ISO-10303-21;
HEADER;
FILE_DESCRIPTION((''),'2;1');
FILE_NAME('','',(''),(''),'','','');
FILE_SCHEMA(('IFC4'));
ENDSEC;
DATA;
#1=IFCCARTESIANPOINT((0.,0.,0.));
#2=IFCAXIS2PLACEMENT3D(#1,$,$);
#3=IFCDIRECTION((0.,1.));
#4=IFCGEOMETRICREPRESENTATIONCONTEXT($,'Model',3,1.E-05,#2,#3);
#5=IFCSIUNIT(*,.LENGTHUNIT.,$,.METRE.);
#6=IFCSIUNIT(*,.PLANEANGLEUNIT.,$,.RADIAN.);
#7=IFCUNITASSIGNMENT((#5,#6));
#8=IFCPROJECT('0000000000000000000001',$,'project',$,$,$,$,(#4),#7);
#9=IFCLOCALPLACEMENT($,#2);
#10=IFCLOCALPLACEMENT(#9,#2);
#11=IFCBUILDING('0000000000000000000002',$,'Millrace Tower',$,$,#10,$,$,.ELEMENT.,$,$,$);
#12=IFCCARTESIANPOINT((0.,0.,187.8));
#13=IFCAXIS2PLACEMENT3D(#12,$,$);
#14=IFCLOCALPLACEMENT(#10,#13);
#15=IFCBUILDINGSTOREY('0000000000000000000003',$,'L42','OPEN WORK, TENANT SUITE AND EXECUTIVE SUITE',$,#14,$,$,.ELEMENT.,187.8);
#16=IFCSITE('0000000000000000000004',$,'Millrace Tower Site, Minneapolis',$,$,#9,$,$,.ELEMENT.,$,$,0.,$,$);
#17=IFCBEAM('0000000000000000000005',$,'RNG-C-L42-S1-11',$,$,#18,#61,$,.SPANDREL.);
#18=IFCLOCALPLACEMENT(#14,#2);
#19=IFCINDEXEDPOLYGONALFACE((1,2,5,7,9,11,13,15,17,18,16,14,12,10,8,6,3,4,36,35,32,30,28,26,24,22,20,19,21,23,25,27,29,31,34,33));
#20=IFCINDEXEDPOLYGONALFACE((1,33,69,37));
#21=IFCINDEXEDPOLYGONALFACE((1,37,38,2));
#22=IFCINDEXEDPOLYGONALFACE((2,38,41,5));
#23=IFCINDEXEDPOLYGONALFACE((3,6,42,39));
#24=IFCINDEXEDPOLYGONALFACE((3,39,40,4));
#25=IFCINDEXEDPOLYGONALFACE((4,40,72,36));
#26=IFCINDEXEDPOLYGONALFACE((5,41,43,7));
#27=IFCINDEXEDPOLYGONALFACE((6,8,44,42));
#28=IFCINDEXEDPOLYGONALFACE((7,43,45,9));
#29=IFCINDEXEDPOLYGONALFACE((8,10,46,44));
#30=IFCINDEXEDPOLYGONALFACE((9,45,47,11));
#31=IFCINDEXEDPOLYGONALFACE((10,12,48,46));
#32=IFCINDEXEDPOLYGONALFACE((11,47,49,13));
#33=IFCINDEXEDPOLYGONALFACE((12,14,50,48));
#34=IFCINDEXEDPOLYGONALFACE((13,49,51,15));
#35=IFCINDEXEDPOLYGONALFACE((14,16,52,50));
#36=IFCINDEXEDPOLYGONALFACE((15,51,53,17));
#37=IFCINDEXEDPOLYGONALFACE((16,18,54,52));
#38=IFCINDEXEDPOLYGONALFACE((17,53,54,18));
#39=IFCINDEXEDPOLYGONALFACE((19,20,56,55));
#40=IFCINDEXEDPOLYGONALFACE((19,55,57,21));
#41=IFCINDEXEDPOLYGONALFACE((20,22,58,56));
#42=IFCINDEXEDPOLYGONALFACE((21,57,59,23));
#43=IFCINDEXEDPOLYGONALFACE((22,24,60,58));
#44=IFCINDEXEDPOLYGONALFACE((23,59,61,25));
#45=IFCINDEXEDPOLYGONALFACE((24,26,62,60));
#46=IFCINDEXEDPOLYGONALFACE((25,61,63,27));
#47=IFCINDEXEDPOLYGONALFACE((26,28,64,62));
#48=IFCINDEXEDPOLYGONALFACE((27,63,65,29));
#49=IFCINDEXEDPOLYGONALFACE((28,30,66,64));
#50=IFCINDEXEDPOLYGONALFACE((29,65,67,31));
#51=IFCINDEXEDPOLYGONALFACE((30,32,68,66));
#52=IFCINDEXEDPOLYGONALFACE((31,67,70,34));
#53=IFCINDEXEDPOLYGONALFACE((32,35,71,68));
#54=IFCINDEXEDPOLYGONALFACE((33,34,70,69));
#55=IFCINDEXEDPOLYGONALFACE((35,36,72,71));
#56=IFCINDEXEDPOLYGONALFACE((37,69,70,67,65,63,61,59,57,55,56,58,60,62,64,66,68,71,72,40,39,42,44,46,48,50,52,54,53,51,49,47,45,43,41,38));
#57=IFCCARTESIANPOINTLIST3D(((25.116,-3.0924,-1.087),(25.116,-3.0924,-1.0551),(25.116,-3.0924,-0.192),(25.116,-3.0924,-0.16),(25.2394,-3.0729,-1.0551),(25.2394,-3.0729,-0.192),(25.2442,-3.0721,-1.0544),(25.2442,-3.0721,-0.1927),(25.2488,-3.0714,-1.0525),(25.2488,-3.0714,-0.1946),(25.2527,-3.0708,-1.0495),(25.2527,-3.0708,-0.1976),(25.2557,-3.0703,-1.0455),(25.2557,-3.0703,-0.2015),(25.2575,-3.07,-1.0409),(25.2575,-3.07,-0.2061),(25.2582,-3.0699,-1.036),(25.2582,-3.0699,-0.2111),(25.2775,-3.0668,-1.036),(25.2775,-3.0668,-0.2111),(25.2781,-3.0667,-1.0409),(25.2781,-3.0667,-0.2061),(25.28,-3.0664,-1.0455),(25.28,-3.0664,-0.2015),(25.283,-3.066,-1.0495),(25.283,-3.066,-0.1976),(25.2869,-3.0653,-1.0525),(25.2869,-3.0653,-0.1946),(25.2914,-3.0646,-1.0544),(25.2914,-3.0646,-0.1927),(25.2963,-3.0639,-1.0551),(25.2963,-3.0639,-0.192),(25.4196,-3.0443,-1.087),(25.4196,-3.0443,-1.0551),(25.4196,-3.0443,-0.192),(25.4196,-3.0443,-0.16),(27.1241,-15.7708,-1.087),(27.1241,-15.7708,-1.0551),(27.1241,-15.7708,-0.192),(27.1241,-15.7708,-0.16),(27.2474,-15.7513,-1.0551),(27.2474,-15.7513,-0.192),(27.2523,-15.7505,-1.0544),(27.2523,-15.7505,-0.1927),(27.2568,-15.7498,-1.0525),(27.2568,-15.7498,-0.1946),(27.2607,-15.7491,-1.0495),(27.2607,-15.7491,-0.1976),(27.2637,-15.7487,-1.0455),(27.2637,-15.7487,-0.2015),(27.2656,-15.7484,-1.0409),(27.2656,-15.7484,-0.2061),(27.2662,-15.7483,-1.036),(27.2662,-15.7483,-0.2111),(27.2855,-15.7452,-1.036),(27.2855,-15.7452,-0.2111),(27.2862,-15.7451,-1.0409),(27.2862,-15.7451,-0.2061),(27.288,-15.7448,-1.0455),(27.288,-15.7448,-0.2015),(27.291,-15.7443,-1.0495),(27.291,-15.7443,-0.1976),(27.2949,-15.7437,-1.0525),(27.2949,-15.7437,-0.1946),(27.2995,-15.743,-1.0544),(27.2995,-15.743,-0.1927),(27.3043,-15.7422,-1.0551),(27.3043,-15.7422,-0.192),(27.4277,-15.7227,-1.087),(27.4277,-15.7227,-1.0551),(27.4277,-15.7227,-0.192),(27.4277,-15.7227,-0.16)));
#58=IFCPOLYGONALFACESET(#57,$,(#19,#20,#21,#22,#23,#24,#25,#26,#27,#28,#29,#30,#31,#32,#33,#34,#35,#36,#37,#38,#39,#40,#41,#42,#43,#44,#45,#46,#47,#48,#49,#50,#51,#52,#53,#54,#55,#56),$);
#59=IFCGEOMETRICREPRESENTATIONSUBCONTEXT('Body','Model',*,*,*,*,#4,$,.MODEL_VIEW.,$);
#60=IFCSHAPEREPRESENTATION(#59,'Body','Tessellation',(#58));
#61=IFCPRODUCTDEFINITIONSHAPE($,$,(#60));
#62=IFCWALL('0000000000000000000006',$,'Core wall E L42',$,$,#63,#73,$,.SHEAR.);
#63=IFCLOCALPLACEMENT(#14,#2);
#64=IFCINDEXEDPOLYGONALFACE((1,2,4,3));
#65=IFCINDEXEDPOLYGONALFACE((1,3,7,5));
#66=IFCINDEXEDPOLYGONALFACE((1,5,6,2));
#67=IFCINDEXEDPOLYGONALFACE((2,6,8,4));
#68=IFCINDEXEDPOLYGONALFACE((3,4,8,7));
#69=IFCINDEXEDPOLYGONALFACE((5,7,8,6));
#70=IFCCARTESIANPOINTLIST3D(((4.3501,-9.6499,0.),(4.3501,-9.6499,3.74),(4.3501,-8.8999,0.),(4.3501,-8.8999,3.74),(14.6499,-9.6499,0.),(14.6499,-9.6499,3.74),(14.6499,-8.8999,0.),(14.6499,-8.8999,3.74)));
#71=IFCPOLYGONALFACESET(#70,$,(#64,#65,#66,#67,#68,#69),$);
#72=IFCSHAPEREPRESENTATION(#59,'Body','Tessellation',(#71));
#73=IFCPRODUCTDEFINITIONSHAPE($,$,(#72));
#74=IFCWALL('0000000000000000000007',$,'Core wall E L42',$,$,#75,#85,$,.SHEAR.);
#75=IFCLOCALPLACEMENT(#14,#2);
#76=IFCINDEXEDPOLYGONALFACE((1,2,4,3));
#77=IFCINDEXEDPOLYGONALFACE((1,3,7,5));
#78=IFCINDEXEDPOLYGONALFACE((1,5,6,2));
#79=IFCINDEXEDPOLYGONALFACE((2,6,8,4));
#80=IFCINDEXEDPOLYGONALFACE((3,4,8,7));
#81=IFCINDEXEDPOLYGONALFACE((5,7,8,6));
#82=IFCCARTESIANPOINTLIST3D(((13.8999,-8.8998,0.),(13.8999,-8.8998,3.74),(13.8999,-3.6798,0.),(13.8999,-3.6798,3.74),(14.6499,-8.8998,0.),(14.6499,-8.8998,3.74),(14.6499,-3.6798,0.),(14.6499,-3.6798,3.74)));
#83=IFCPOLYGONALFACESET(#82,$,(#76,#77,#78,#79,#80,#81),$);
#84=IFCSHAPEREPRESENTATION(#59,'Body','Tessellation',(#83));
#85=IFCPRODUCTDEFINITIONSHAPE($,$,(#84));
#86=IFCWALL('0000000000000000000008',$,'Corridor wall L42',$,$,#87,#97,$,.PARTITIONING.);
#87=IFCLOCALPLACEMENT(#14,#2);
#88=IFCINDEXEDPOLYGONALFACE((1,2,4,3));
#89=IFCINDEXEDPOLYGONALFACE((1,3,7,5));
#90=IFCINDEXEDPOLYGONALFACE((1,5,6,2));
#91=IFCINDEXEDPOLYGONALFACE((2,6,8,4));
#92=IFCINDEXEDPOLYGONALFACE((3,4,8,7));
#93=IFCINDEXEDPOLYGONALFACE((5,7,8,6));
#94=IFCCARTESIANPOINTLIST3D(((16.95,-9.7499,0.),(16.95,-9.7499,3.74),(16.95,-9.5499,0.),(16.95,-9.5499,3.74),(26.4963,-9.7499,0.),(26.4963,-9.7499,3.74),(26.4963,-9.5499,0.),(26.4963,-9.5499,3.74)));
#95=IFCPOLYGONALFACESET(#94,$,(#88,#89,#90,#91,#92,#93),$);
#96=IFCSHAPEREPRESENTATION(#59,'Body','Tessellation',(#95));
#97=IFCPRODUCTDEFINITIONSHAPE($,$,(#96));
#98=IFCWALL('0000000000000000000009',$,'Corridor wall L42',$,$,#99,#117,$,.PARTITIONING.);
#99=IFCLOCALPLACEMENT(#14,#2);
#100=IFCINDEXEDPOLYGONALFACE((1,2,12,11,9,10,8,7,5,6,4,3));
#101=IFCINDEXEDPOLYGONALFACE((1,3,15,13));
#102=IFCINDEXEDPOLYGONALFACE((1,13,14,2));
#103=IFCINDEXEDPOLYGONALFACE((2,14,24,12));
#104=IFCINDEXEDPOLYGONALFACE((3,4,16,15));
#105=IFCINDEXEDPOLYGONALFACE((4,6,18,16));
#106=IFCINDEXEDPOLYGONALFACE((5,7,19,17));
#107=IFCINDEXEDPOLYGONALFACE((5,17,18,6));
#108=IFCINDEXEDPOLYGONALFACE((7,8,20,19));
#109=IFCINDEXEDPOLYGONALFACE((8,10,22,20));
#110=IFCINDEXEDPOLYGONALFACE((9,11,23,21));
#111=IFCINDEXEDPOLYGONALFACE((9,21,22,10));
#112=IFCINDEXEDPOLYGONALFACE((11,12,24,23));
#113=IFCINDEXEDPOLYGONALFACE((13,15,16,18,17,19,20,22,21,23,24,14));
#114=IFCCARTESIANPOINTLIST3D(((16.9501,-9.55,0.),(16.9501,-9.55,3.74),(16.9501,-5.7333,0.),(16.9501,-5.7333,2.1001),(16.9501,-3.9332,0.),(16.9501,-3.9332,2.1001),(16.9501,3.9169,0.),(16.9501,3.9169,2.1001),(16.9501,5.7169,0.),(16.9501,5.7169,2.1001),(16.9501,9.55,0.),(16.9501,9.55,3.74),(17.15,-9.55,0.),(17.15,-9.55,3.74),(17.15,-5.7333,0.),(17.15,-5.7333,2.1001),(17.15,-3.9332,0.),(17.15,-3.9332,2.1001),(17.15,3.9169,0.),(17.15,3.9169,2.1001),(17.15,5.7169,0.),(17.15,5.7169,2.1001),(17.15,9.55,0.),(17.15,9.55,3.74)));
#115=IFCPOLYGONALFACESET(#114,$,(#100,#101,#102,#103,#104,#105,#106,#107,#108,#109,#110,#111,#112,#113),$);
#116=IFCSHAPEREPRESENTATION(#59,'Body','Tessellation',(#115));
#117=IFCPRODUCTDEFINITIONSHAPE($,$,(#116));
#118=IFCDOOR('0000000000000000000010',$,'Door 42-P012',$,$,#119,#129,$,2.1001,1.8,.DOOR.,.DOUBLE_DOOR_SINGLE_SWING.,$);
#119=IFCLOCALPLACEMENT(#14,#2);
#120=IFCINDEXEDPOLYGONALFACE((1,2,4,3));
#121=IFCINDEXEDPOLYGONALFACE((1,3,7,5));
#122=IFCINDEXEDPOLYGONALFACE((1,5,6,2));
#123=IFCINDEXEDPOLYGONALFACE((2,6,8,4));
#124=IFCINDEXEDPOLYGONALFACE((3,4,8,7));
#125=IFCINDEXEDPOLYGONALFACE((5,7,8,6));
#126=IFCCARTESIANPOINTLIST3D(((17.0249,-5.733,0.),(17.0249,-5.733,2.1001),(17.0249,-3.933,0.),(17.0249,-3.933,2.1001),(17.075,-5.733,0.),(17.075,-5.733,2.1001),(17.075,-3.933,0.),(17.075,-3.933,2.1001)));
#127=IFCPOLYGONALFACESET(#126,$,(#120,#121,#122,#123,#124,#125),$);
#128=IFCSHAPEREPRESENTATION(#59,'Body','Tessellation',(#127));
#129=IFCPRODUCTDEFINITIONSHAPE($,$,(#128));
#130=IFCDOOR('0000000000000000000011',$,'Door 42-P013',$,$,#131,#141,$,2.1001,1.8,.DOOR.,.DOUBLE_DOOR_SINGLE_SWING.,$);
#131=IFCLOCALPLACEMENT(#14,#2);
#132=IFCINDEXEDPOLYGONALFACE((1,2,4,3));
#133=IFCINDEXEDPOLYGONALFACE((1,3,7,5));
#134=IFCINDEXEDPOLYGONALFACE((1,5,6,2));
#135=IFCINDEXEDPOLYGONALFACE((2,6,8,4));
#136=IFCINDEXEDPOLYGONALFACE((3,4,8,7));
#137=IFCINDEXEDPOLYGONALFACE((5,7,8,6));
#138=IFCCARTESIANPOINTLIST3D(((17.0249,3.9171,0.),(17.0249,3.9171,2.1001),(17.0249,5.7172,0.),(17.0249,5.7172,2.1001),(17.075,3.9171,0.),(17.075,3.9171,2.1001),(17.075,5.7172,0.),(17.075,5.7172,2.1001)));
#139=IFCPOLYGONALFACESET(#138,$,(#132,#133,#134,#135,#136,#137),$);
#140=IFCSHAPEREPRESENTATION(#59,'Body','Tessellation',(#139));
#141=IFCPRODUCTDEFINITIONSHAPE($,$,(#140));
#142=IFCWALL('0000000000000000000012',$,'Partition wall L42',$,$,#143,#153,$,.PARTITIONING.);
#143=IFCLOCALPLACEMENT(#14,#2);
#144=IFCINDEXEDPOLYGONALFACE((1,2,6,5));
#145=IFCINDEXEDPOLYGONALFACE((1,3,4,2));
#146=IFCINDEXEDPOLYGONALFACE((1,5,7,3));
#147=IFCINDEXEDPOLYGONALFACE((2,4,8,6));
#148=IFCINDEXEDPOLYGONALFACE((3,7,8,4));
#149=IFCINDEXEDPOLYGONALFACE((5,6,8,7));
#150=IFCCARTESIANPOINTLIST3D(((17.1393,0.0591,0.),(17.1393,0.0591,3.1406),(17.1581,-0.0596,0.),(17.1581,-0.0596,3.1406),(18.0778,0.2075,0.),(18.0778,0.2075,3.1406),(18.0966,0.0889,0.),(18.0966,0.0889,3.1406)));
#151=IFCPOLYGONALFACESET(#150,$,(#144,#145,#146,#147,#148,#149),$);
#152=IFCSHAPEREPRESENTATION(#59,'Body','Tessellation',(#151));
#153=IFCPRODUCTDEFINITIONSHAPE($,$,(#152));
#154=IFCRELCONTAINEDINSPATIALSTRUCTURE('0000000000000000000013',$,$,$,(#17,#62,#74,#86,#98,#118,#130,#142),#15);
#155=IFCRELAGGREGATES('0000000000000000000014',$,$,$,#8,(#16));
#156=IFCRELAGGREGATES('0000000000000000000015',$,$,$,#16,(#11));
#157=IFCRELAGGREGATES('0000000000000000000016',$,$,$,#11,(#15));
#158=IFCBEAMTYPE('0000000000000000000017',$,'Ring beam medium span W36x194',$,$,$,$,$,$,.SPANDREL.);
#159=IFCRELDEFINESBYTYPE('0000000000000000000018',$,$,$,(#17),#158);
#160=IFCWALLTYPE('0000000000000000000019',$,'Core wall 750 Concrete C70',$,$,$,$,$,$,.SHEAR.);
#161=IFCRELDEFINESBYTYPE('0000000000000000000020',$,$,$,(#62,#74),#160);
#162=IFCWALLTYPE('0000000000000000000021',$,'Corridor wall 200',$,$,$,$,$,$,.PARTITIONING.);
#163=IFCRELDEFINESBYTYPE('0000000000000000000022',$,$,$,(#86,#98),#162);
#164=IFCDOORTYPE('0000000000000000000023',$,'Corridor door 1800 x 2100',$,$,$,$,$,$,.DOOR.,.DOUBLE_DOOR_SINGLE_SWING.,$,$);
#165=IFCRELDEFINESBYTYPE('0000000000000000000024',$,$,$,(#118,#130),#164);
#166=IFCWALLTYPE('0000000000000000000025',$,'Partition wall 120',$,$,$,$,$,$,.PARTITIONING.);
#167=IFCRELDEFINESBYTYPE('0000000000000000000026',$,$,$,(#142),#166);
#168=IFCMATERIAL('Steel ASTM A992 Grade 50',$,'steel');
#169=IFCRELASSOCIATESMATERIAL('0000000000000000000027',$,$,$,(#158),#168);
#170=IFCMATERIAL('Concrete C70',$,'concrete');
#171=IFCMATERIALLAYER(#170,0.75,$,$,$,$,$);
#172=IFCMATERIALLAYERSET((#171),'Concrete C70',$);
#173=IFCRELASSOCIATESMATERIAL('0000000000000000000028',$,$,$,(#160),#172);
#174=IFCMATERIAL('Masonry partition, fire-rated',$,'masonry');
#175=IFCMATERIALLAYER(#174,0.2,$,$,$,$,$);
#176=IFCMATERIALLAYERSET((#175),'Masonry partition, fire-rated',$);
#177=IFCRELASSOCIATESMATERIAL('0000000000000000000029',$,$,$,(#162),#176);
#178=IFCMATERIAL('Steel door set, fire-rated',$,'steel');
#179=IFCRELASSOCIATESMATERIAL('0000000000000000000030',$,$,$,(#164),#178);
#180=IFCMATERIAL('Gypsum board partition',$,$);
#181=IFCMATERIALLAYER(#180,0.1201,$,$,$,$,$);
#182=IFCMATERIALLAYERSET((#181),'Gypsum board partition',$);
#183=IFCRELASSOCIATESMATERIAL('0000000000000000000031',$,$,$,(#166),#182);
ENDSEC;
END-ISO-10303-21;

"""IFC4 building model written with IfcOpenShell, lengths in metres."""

from ifc_helpers import new_model, si_unit, direction, frame, frame_2d, origin, origin_2d, place, context, subcontext, project, spatial, rectangle, i_section, extrude, material, layer, layer_set, material_profile, profile_set, type_object, element, fill, save


model = new_model("IFC4")

# Units and contexts
model_context = context("Model", 3, precision=1e-05, world=origin(), true_north=direction((0.0, 1.0)))
body_context = subcontext(model_context, "Body", "Model", "MODEL_VIEW")
ifc_project = project(units=[si_unit("LENGTHUNIT", "METRE"), si_unit("PLANEANGLEUNIT", "RADIAN")], contexts=[model_context])

# Site, building, storey
site_placement = place(None, origin())
site = spatial("IfcSite", under=ifc_project, at=site_placement, Name="Millrace Tower Site, Minneapolis", CompositionType="ELEMENT", RefElevation=0.0)
building_placement = place(site_placement, origin())
building = spatial("IfcBuilding", under=site, at=building_placement, Name="Millrace Tower", CompositionType="ELEMENT")
storey_placement = place(building_placement, frame((0.0, 0.0, 187.8)))
storey = spatial("IfcBuildingStorey", under=building, at=storey_placement, Name="L42", Description="OPEN WORK, TENANT SUITE AND EXECUTIVE SUITE", CompositionType="ELEMENT", Elevation=187.8)

# Beam
ifc_material_1 = material(Name="Steel ASTM A992 Grade 50", Category="steel")
ifc_material_profile_1 = material_profile(ifc_material_1, i_section(OverallWidth=0.3074, OverallDepth=0.927, WebThickness=0.0195, FlangeThickness=0.032, FilletRadius=0.019, at=origin_2d()))
ifc_profile_set_1 = profile_set([ifc_material_profile_1], Name="Steel ASTM A992 Grade 50")
beam_type_1 = type_object("IfcBeamType", Name="Ring beam medium span W36x194", PredefinedType="SPANDREL", material=ifc_profile_set_1)
beam_1_placement = place(storey_placement, frame((25.2678, -3.0684, -0.6235), z_axis=(0.156433, -0.987689, 0.0), x_axis=(0.987689, 0.156433, 0.0)))
element("IfcBeam", 1, at=beam_1_placement, inside=storey, type_object=beam_type_1, Name="RNG-C-L42-S1-11", PredefinedType="SPANDREL", context=body_context, shape_type="SweptSolid", body=[
    extrude(i_section(OverallWidth=0.3074, OverallDepth=0.927, WebThickness=0.0195, FlangeThickness=0.032, FilletRadius=0.019, at=origin_2d()), origin(), (0.0, 0.0, 1.0), 12.8364),
])

# Walls
ifc_material_2 = material(Name="Concrete C70", Category="concrete")
ifc_layer_1 = layer(ifc_material_2, 0.75)
ifc_layer_set_1 = layer_set([ifc_layer_1], Name="Concrete C70")
wall_type_1 = type_object("IfcWallType", Name="Core wall 750 Concrete C70", PredefinedType="SHEAR", material=ifc_layer_set_1)
wall_1_placement = place(storey_placement, frame((14.6499, -9.2749, 0.0), z_axis=(0.0, 0.0, 1.0), x_axis=(-1.0, 0.0, 0.0)))
element("IfcWall", 2, at=wall_1_placement, inside=storey, type_object=wall_type_1, Name="Core wall E L42", PredefinedType="SHEAR", context=body_context, shape_type="SweptSolid", body=[
    extrude(rectangle(XDim=10.2998, YDim=0.75, at=frame_2d((5.1499, 0.0))), origin(), (0.0, 0.0, 1.0), 3.74),
])
wall_2_placement = place(storey_placement, frame((14.2749, -3.6799, 0.0), z_axis=(0.0, 0.0, 1.0), x_axis=(0.0, -1.0, 0.0)))
element("IfcWall", 3, at=wall_2_placement, inside=storey, type_object=wall_type_1, Name="Core wall E L42", PredefinedType="SHEAR", context=body_context, shape_type="SweptSolid", body=[
    extrude(rectangle(XDim=5.22, YDim=0.75, at=frame_2d((2.6099, 0.0))), origin(), (0.0, 0.0, 1.0), 3.74),
])
ifc_material_3 = material(Name="Masonry partition, fire-rated", Category="masonry")
ifc_layer_2 = layer(ifc_material_3, 0.2)
ifc_layer_set_2 = layer_set([ifc_layer_2], Name="Masonry partition, fire-rated")
wall_type_2 = type_object("IfcWallType", Name="Corridor wall 200", PredefinedType="PARTITIONING", material=ifc_layer_set_2)
wall_3_placement = place(storey_placement, frame((16.95, -9.6499, 0.0), z_axis=(0.0, 0.0, 1.0), x_axis=(1.0, 0.0, 0.0)))
element("IfcWall", 4, at=wall_3_placement, inside=storey, type_object=wall_type_2, Name="Corridor wall L42", PredefinedType="PARTITIONING", context=body_context, shape_type="SweptSolid", body=[
    extrude(rectangle(XDim=9.5464, YDim=0.2, at=frame_2d((4.7732, 0.0))), origin(), (0.0, 0.0, 1.0), 3.74),
])

# Wall, openings, doors
wall_4_placement = place(storey_placement, frame((17.05, -9.55, 0.0), z_axis=(0.0, 0.0, 1.0), x_axis=(0.0, 1.0, 0.0)))
wall_4 = element("IfcWall", 5, at=wall_4_placement, inside=storey, type_object=wall_type_2, Name="Corridor wall L42", PredefinedType="PARTITIONING", context=body_context, shape_type="SweptSolid", body=[
    extrude(rectangle(XDim=19.1001, YDim=0.2, at=frame_2d((9.55, 0.0))), origin(), (0.0, 0.0, 1.0), 3.74),
])
opening_1_placement = place(wall_4_placement, frame((3.8169, 0.0, 0.0)))
opening_1 = element("IfcOpeningElement", 6, at=opening_1_placement, cuts=wall_4, PredefinedType="OPENING", context=body_context, shape_type="SweptSolid", body=[
    extrude(rectangle(XDim=1.8, YDim=2.1001, at=frame_2d((0.8999, 1.05))), frame((0.0, 0.1099, 0.0), z_axis=(0.0, -1.0, 0.0), x_axis=(1.0, 0.0, 0.0)), (0.0, 0.0, 1.0), 0.22),
])
opening_2_placement = place(wall_4_placement, frame((13.467, 0.0, 0.0)))
opening_2 = element("IfcOpeningElement", 7, at=opening_2_placement, cuts=wall_4, PredefinedType="OPENING", context=body_context, shape_type="SweptSolid", body=[
    extrude(rectangle(XDim=1.8, YDim=2.1001, at=frame_2d((0.8999, 1.05))), frame((0.0, 0.1099, 0.0), z_axis=(0.0, -1.0, 0.0), x_axis=(1.0, 0.0, 0.0)), (0.0, 0.0, 1.0), 0.22),
])
ifc_material_4 = material(Name="Steel door set, fire-rated", Category="steel")
door_type_1 = type_object("IfcDoorType", Name="Corridor door 1800 x 2100", OperationType="DOUBLE_DOOR_SINGLE_SWING", PredefinedType="DOOR", material=ifc_material_4)
door_1_placement = place(opening_1_placement, frame((1.8, 0.0, 0.0), z_axis=(0.0, 0.0, 1.0), x_axis=(-1.0, 0.0, 0.0)))
door_1 = element("IfcDoor", 8, at=door_1_placement, inside=storey, type_object=door_type_1, Name="Door 42-P012", OperationType="DOUBLE_DOOR_SINGLE_SWING", OverallHeight=2.1001, OverallWidth=1.8, PredefinedType="DOOR", context=body_context, shape_type="SweptSolid", body=[
    extrude(rectangle(XDim=1.8, YDim=2.1001, at=frame_2d((0.8999, 1.05))), frame((0.0, 0.0249, 0.0), z_axis=(0.0, -1.0, 0.0), x_axis=(1.0, 0.0, 0.0)), (0.0, 0.0, 1.0), 0.05),
])
fill(opening_1, door_1)
door_2_placement = place(opening_2_placement, frame((1.8, 0.0, 0.0), z_axis=(0.0, 0.0, 1.0), x_axis=(-1.0, 0.0, 0.0)))
door_2 = element("IfcDoor", 9, at=door_2_placement, inside=storey, type_object=door_type_1, Name="Door 42-P013", OperationType="DOUBLE_DOOR_SINGLE_SWING", OverallHeight=2.1001, OverallWidth=1.8, PredefinedType="DOOR", context=body_context, shape_type="SweptSolid", body=[
    extrude(rectangle(XDim=1.8, YDim=2.1001, at=frame_2d((0.8999, 1.05))), frame((0.0, 0.0249, 0.0), z_axis=(0.0, -1.0, 0.0), x_axis=(1.0, 0.0, 0.0)), (0.0, 0.0, 1.0), 0.05),
])
fill(opening_2, door_2)

# Wall
ifc_material_5 = material(Name="Gypsum board partition")
ifc_layer_3 = layer(ifc_material_5, 0.1201)
ifc_layer_set_3 = layer_set([ifc_layer_3], Name="Gypsum board partition")
wall_type_3 = type_object("IfcWallType", Name="Partition wall 120", PredefinedType="PARTITIONING", material=ifc_layer_set_3)
wall_5_placement = place(storey_placement, frame((17.1487, -0.0002, 0.0), z_axis=(0.0, 0.0, 1.0), x_axis=(0.987721, 0.156226, 0.0)))
element("IfcWall", 10, at=wall_5_placement, inside=storey, type_object=wall_type_3, Name="Partition wall L42", PredefinedType="PARTITIONING", context=body_context, shape_type="SweptSolid", body=[
    extrude(rectangle(XDim=0.9502, YDim=0.1201, at=frame_2d((0.4751, 0.0))), origin(), (0.0, 0.0, 1.0), 3.1406),
])

save(model, "model.ifc")
